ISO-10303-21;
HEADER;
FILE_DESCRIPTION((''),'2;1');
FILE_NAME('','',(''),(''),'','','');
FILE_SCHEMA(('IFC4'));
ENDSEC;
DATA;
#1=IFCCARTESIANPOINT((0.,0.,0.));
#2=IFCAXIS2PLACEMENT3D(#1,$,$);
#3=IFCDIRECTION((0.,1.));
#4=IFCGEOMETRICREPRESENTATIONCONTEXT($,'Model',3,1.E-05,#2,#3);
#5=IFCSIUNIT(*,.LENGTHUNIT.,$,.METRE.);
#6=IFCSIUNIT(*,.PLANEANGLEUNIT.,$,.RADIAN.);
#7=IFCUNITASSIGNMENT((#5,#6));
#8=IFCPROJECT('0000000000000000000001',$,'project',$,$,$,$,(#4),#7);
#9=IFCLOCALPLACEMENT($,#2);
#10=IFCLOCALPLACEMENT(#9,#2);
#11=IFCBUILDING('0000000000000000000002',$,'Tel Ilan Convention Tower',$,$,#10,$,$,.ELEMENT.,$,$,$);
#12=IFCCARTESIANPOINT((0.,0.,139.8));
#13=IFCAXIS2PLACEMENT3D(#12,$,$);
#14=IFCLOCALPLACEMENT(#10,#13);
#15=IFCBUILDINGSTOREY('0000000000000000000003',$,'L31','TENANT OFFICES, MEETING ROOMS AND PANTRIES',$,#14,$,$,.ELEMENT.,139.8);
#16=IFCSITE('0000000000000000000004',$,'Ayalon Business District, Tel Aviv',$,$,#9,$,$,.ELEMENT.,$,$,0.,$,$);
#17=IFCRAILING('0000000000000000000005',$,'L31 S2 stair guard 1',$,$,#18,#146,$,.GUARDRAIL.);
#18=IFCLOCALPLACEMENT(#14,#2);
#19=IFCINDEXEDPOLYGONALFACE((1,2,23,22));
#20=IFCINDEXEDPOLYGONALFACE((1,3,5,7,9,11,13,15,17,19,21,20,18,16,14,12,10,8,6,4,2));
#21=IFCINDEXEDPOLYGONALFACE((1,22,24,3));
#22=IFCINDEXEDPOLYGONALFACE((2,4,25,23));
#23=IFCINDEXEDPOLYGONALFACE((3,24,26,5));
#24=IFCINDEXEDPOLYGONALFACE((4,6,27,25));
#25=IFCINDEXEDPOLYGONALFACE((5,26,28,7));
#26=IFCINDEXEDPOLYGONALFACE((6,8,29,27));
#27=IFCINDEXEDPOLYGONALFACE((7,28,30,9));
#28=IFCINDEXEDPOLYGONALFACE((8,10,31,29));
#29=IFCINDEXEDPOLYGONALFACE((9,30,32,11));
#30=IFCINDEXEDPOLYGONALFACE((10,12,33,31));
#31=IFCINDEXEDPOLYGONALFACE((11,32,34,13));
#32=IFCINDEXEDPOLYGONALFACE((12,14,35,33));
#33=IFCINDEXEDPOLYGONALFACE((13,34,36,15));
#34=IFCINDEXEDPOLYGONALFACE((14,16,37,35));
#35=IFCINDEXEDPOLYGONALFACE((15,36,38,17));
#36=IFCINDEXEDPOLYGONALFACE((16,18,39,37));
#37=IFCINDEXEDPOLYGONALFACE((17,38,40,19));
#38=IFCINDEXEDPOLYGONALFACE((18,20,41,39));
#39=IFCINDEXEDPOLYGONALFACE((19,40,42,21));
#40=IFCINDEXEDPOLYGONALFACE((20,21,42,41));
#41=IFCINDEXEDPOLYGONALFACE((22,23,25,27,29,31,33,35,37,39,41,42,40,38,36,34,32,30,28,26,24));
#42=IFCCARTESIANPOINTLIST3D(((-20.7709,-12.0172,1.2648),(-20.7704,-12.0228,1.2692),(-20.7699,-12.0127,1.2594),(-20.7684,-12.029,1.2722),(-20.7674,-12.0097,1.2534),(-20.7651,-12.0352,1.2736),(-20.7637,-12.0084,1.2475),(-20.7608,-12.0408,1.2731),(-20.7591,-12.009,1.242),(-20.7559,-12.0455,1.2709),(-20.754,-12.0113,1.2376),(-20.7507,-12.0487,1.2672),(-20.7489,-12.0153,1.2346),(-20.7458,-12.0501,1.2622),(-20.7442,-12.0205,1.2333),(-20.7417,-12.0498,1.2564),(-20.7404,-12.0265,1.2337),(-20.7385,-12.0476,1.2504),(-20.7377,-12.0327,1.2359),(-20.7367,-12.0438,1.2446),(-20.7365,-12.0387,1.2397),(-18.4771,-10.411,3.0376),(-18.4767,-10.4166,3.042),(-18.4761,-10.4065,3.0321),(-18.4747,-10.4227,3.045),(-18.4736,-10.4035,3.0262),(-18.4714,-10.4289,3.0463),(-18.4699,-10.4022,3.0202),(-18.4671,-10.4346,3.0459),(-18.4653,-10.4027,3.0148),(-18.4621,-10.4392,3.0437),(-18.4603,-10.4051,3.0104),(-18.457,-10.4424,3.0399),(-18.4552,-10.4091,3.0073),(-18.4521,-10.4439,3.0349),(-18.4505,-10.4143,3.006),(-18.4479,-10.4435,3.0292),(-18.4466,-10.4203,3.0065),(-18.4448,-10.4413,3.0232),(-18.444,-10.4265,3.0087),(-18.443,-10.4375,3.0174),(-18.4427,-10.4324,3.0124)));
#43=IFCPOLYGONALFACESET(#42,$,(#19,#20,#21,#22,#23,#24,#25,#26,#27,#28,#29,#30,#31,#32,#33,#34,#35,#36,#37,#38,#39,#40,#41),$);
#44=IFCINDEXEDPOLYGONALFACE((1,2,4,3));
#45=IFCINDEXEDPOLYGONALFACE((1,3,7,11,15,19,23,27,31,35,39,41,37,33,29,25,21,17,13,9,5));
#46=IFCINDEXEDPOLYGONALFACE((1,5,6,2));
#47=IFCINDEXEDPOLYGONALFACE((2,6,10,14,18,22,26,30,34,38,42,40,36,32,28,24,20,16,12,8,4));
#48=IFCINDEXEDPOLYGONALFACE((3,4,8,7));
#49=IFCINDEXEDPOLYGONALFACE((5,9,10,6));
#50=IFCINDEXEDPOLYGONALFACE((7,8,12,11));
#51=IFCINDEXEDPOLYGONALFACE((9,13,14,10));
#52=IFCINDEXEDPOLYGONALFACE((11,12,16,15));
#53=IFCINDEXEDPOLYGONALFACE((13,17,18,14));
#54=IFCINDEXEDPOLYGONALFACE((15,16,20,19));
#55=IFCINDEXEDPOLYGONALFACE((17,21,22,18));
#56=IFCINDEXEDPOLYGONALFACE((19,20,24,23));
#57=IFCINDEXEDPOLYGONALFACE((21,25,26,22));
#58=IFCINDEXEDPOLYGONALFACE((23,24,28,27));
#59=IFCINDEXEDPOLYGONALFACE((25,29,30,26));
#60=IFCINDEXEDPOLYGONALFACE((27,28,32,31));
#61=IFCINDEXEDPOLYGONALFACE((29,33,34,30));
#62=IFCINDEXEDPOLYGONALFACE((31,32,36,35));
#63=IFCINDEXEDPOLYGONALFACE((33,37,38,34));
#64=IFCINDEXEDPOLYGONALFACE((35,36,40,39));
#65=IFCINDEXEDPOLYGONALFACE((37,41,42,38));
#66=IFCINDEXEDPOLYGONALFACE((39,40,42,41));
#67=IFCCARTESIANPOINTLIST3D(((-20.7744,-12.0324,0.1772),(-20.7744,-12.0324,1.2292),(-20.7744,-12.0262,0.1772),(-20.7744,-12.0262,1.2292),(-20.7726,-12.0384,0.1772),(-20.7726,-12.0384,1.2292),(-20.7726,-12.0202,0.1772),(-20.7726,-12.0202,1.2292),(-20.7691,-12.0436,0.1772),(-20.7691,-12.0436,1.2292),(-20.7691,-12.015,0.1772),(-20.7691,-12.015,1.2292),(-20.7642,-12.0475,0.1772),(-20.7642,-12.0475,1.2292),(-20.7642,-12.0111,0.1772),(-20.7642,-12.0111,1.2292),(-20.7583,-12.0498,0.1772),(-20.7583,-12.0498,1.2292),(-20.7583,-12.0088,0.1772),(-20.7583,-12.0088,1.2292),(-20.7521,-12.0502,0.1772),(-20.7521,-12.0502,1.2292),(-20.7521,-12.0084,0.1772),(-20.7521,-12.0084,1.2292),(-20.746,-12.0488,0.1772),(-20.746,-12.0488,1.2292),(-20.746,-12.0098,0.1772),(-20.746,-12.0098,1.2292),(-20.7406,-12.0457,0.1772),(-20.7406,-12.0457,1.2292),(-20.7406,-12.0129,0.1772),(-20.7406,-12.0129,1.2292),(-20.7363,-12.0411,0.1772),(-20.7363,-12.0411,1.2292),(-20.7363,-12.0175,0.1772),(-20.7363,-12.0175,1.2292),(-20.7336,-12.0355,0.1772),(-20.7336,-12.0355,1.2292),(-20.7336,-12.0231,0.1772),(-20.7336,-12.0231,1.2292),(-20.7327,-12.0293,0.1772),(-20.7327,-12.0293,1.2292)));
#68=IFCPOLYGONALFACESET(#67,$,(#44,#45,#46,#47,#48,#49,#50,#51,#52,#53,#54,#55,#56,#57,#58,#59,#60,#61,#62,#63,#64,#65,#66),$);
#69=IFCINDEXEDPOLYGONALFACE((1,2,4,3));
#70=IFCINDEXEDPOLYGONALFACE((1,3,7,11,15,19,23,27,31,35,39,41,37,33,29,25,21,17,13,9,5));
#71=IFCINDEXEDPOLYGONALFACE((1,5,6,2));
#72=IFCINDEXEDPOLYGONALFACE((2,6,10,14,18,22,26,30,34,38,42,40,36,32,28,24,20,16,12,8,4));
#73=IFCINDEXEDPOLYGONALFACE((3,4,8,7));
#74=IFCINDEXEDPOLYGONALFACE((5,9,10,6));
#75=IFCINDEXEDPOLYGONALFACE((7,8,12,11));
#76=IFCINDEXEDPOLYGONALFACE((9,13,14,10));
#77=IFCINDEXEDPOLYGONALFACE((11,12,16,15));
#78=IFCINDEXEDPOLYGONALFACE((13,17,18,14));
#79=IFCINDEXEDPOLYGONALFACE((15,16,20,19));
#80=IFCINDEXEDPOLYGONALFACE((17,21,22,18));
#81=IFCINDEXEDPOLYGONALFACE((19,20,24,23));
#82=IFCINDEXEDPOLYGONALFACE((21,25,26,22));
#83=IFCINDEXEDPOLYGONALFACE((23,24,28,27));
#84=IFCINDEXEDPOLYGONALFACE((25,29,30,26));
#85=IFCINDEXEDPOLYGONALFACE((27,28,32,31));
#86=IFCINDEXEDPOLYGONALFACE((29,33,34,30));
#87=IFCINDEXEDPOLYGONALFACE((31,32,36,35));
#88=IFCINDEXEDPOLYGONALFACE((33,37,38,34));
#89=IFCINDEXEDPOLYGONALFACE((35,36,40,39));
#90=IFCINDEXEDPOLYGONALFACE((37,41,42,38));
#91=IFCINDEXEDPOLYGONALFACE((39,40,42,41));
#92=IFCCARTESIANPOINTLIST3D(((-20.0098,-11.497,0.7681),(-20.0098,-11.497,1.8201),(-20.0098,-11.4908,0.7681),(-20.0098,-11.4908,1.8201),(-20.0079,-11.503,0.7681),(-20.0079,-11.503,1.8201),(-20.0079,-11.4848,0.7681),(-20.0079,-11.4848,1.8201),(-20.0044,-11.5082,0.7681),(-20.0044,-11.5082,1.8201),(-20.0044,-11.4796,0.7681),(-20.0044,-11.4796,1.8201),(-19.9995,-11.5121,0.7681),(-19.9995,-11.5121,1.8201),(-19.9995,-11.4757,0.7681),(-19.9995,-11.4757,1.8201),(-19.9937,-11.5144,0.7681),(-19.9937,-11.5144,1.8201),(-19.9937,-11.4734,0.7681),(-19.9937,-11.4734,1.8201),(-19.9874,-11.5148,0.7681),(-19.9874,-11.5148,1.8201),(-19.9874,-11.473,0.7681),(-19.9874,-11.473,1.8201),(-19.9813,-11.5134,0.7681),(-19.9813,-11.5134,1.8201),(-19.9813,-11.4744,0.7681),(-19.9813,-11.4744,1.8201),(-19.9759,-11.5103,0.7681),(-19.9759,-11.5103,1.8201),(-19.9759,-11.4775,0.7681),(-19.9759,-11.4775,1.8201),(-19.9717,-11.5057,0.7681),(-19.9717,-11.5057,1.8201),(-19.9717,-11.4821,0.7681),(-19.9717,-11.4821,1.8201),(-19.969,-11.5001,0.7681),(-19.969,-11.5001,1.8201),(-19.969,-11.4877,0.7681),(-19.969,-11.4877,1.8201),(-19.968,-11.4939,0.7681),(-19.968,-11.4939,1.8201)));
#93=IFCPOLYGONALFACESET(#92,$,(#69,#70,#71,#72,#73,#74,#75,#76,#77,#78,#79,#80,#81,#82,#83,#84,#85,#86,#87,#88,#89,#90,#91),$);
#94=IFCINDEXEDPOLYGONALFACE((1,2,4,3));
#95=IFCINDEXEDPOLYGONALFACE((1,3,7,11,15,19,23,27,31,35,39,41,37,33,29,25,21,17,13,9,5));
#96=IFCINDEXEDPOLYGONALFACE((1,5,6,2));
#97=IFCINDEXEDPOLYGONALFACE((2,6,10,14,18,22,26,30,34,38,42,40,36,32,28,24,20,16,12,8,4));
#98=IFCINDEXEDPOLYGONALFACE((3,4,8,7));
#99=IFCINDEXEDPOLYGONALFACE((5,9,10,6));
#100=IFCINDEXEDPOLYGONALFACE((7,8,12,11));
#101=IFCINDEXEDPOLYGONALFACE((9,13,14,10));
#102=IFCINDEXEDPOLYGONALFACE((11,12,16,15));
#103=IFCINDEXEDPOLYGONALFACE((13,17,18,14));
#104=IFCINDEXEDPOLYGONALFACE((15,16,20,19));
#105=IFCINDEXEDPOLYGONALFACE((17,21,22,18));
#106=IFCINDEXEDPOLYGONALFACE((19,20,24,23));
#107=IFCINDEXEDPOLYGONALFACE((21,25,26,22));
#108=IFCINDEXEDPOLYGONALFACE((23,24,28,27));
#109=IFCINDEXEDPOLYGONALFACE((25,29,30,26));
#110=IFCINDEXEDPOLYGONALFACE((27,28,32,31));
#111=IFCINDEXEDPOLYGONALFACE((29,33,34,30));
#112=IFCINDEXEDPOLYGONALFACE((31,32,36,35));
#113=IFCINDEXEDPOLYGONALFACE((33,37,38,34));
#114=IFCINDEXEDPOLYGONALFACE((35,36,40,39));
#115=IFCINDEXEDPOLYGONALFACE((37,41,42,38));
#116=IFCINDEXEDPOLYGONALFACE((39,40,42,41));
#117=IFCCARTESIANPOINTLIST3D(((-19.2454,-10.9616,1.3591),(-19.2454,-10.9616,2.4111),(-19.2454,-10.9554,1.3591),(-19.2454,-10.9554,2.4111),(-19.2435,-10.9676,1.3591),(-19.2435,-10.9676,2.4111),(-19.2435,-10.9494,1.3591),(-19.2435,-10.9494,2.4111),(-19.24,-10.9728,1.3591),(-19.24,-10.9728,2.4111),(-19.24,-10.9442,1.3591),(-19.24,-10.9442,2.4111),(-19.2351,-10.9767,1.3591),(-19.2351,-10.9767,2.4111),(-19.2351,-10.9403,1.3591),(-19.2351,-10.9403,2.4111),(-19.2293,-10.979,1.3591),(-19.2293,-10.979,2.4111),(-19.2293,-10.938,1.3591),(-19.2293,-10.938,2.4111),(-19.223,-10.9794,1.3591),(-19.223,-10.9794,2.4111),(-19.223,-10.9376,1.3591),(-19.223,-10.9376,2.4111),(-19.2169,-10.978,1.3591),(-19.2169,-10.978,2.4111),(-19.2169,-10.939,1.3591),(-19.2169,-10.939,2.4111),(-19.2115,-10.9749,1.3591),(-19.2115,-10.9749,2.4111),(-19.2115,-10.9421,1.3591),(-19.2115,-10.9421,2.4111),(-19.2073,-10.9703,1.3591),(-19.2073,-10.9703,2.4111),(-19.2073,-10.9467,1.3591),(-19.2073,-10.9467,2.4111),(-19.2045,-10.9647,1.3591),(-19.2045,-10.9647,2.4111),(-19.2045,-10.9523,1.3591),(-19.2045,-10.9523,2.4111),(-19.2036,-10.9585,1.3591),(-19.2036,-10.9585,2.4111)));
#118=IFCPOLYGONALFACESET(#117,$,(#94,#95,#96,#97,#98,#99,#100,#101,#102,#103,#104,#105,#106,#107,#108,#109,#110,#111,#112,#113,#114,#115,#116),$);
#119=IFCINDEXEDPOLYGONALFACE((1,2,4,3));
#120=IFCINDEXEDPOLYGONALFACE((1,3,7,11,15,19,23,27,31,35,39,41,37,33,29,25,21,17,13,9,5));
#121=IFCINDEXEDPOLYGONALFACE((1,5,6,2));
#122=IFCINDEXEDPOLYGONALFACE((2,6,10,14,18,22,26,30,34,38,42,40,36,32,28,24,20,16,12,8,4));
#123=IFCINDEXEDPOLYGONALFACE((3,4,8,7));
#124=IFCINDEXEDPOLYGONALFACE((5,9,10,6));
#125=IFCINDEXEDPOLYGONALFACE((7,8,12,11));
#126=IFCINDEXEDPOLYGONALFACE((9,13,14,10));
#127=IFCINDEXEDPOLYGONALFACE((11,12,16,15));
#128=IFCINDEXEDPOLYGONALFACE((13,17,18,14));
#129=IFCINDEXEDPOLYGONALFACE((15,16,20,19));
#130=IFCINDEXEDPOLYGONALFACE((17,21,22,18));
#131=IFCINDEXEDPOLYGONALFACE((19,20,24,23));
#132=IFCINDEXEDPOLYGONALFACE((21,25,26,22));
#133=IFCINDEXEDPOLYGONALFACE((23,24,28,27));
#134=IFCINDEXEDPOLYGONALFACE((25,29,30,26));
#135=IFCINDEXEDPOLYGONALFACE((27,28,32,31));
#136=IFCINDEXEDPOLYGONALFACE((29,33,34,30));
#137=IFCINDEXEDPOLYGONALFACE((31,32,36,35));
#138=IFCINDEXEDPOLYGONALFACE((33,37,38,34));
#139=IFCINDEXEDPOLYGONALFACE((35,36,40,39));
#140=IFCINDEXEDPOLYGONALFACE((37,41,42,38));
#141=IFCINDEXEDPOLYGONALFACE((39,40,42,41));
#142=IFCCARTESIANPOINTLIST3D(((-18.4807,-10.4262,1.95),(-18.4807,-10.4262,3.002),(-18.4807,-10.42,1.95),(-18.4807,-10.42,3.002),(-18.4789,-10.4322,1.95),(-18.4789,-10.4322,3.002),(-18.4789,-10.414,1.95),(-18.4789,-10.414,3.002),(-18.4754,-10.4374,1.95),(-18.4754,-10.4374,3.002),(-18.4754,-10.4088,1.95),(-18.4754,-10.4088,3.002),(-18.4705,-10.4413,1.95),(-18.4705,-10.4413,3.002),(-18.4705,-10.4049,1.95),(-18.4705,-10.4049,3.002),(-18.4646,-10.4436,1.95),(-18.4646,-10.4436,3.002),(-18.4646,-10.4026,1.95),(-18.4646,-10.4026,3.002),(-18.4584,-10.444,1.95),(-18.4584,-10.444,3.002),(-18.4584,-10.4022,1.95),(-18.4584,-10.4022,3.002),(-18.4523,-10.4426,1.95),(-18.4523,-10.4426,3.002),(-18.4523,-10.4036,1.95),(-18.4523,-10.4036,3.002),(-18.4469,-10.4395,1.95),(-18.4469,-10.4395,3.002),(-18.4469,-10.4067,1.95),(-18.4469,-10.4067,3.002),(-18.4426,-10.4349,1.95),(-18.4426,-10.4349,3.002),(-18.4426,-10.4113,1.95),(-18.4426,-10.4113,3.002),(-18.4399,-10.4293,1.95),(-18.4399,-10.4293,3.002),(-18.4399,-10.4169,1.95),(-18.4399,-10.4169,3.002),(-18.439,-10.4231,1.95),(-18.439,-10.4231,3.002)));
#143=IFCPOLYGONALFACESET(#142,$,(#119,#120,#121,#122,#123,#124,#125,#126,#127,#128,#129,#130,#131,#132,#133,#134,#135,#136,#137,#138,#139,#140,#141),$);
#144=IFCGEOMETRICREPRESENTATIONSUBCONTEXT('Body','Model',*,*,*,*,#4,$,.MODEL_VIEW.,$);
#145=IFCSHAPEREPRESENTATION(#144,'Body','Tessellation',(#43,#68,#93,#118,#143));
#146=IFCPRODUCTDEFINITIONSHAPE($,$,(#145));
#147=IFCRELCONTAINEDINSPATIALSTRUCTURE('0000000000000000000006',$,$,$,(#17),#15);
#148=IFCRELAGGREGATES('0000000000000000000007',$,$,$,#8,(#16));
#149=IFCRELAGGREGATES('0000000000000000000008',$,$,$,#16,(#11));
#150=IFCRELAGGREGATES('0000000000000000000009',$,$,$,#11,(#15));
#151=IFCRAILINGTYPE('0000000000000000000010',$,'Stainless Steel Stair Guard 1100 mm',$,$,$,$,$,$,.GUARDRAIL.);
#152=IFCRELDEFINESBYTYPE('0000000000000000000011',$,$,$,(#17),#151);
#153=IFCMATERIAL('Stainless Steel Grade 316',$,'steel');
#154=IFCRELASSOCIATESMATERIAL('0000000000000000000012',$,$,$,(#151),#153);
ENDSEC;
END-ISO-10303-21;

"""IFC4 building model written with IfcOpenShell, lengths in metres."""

from ifc_helpers import new_model, si_unit, direction, frame, origin, origin_2d, place, context, subcontext, project, spatial, circle, extrude, material, type_object, element, save


model = new_model("IFC4")

# Units and contexts
model_context = context("Model", 3, precision=1e-05, world=origin(), true_north=direction((0.0, 1.0)))
body_context = subcontext(model_context, "Body", "Model", "MODEL_VIEW")
ifc_project = project(units=[si_unit("LENGTHUNIT", "METRE"), si_unit("PLANEANGLEUNIT", "RADIAN")], contexts=[model_context])

# Site, building, storey
site_placement = place(None, origin())
site = spatial("IfcSite", under=ifc_project, at=site_placement, Name="Ayalon Business District, Tel Aviv", CompositionType="ELEMENT", RefElevation=0.0)
building_placement = place(site_placement, origin())
building = spatial("IfcBuilding", under=site, at=building_placement, Name="Tel Ilan Convention Tower", CompositionType="ELEMENT")
storey_placement = place(building_placement, frame((0.0, 0.0, 139.8)))
storey = spatial("IfcBuildingStorey", under=building, at=storey_placement, Name="L31", Description="TENANT OFFICES, MEETING ROOMS AND PANTRIES", CompositionType="ELEMENT", Elevation=139.8)

# Railing
ifc_material_1 = material(Name="Stainless Steel Grade 316", Category="steel")
railing_type_1 = type_object("IfcRailingType", Name="Stainless Steel Stair Guard 1100 mm", PredefinedType="GUARDRAIL", material=ifc_material_1)
railing_1_placement = place(storey_placement, frame((-20.7537, -12.0293, 0.1772)))
element("IfcRailing", 1, at=railing_1_placement, inside=storey, type_object=railing_type_1, Name="L31 S2 stair guard 1", PredefinedType="GUARDRAIL", context=body_context, shape_type="SweptSolid", body=[
    extrude(circle(Radius=0.0239, at=origin_2d()), frame((0.0, 0.0, 1.0762), z_axis=(0.692098, 0.484653, 0.534894), x_axis=(-0.573609, 0.81913, 0.0)), (0.0, 0.0, 1.0), 3.3142),
    extrude(circle(Radius=0.021, at=origin_2d()), origin(), (0.0, 0.0, 1.0), 1.052),
    extrude(circle(Radius=0.021, at=origin_2d()), frame((0.7646, 0.5354, 0.5908)), (0.0, 0.0, 1.0), 1.052),
    extrude(circle(Radius=0.021, at=origin_2d()), frame((1.5291, 1.0708, 1.1819)), (0.0, 0.0, 1.0), 1.052),
    extrude(circle(Radius=0.021, at=origin_2d()), frame((2.2937, 1.6062, 1.7727)), (0.0, 0.0, 1.0), 1.052),
])

save(model, "model.ifc")
